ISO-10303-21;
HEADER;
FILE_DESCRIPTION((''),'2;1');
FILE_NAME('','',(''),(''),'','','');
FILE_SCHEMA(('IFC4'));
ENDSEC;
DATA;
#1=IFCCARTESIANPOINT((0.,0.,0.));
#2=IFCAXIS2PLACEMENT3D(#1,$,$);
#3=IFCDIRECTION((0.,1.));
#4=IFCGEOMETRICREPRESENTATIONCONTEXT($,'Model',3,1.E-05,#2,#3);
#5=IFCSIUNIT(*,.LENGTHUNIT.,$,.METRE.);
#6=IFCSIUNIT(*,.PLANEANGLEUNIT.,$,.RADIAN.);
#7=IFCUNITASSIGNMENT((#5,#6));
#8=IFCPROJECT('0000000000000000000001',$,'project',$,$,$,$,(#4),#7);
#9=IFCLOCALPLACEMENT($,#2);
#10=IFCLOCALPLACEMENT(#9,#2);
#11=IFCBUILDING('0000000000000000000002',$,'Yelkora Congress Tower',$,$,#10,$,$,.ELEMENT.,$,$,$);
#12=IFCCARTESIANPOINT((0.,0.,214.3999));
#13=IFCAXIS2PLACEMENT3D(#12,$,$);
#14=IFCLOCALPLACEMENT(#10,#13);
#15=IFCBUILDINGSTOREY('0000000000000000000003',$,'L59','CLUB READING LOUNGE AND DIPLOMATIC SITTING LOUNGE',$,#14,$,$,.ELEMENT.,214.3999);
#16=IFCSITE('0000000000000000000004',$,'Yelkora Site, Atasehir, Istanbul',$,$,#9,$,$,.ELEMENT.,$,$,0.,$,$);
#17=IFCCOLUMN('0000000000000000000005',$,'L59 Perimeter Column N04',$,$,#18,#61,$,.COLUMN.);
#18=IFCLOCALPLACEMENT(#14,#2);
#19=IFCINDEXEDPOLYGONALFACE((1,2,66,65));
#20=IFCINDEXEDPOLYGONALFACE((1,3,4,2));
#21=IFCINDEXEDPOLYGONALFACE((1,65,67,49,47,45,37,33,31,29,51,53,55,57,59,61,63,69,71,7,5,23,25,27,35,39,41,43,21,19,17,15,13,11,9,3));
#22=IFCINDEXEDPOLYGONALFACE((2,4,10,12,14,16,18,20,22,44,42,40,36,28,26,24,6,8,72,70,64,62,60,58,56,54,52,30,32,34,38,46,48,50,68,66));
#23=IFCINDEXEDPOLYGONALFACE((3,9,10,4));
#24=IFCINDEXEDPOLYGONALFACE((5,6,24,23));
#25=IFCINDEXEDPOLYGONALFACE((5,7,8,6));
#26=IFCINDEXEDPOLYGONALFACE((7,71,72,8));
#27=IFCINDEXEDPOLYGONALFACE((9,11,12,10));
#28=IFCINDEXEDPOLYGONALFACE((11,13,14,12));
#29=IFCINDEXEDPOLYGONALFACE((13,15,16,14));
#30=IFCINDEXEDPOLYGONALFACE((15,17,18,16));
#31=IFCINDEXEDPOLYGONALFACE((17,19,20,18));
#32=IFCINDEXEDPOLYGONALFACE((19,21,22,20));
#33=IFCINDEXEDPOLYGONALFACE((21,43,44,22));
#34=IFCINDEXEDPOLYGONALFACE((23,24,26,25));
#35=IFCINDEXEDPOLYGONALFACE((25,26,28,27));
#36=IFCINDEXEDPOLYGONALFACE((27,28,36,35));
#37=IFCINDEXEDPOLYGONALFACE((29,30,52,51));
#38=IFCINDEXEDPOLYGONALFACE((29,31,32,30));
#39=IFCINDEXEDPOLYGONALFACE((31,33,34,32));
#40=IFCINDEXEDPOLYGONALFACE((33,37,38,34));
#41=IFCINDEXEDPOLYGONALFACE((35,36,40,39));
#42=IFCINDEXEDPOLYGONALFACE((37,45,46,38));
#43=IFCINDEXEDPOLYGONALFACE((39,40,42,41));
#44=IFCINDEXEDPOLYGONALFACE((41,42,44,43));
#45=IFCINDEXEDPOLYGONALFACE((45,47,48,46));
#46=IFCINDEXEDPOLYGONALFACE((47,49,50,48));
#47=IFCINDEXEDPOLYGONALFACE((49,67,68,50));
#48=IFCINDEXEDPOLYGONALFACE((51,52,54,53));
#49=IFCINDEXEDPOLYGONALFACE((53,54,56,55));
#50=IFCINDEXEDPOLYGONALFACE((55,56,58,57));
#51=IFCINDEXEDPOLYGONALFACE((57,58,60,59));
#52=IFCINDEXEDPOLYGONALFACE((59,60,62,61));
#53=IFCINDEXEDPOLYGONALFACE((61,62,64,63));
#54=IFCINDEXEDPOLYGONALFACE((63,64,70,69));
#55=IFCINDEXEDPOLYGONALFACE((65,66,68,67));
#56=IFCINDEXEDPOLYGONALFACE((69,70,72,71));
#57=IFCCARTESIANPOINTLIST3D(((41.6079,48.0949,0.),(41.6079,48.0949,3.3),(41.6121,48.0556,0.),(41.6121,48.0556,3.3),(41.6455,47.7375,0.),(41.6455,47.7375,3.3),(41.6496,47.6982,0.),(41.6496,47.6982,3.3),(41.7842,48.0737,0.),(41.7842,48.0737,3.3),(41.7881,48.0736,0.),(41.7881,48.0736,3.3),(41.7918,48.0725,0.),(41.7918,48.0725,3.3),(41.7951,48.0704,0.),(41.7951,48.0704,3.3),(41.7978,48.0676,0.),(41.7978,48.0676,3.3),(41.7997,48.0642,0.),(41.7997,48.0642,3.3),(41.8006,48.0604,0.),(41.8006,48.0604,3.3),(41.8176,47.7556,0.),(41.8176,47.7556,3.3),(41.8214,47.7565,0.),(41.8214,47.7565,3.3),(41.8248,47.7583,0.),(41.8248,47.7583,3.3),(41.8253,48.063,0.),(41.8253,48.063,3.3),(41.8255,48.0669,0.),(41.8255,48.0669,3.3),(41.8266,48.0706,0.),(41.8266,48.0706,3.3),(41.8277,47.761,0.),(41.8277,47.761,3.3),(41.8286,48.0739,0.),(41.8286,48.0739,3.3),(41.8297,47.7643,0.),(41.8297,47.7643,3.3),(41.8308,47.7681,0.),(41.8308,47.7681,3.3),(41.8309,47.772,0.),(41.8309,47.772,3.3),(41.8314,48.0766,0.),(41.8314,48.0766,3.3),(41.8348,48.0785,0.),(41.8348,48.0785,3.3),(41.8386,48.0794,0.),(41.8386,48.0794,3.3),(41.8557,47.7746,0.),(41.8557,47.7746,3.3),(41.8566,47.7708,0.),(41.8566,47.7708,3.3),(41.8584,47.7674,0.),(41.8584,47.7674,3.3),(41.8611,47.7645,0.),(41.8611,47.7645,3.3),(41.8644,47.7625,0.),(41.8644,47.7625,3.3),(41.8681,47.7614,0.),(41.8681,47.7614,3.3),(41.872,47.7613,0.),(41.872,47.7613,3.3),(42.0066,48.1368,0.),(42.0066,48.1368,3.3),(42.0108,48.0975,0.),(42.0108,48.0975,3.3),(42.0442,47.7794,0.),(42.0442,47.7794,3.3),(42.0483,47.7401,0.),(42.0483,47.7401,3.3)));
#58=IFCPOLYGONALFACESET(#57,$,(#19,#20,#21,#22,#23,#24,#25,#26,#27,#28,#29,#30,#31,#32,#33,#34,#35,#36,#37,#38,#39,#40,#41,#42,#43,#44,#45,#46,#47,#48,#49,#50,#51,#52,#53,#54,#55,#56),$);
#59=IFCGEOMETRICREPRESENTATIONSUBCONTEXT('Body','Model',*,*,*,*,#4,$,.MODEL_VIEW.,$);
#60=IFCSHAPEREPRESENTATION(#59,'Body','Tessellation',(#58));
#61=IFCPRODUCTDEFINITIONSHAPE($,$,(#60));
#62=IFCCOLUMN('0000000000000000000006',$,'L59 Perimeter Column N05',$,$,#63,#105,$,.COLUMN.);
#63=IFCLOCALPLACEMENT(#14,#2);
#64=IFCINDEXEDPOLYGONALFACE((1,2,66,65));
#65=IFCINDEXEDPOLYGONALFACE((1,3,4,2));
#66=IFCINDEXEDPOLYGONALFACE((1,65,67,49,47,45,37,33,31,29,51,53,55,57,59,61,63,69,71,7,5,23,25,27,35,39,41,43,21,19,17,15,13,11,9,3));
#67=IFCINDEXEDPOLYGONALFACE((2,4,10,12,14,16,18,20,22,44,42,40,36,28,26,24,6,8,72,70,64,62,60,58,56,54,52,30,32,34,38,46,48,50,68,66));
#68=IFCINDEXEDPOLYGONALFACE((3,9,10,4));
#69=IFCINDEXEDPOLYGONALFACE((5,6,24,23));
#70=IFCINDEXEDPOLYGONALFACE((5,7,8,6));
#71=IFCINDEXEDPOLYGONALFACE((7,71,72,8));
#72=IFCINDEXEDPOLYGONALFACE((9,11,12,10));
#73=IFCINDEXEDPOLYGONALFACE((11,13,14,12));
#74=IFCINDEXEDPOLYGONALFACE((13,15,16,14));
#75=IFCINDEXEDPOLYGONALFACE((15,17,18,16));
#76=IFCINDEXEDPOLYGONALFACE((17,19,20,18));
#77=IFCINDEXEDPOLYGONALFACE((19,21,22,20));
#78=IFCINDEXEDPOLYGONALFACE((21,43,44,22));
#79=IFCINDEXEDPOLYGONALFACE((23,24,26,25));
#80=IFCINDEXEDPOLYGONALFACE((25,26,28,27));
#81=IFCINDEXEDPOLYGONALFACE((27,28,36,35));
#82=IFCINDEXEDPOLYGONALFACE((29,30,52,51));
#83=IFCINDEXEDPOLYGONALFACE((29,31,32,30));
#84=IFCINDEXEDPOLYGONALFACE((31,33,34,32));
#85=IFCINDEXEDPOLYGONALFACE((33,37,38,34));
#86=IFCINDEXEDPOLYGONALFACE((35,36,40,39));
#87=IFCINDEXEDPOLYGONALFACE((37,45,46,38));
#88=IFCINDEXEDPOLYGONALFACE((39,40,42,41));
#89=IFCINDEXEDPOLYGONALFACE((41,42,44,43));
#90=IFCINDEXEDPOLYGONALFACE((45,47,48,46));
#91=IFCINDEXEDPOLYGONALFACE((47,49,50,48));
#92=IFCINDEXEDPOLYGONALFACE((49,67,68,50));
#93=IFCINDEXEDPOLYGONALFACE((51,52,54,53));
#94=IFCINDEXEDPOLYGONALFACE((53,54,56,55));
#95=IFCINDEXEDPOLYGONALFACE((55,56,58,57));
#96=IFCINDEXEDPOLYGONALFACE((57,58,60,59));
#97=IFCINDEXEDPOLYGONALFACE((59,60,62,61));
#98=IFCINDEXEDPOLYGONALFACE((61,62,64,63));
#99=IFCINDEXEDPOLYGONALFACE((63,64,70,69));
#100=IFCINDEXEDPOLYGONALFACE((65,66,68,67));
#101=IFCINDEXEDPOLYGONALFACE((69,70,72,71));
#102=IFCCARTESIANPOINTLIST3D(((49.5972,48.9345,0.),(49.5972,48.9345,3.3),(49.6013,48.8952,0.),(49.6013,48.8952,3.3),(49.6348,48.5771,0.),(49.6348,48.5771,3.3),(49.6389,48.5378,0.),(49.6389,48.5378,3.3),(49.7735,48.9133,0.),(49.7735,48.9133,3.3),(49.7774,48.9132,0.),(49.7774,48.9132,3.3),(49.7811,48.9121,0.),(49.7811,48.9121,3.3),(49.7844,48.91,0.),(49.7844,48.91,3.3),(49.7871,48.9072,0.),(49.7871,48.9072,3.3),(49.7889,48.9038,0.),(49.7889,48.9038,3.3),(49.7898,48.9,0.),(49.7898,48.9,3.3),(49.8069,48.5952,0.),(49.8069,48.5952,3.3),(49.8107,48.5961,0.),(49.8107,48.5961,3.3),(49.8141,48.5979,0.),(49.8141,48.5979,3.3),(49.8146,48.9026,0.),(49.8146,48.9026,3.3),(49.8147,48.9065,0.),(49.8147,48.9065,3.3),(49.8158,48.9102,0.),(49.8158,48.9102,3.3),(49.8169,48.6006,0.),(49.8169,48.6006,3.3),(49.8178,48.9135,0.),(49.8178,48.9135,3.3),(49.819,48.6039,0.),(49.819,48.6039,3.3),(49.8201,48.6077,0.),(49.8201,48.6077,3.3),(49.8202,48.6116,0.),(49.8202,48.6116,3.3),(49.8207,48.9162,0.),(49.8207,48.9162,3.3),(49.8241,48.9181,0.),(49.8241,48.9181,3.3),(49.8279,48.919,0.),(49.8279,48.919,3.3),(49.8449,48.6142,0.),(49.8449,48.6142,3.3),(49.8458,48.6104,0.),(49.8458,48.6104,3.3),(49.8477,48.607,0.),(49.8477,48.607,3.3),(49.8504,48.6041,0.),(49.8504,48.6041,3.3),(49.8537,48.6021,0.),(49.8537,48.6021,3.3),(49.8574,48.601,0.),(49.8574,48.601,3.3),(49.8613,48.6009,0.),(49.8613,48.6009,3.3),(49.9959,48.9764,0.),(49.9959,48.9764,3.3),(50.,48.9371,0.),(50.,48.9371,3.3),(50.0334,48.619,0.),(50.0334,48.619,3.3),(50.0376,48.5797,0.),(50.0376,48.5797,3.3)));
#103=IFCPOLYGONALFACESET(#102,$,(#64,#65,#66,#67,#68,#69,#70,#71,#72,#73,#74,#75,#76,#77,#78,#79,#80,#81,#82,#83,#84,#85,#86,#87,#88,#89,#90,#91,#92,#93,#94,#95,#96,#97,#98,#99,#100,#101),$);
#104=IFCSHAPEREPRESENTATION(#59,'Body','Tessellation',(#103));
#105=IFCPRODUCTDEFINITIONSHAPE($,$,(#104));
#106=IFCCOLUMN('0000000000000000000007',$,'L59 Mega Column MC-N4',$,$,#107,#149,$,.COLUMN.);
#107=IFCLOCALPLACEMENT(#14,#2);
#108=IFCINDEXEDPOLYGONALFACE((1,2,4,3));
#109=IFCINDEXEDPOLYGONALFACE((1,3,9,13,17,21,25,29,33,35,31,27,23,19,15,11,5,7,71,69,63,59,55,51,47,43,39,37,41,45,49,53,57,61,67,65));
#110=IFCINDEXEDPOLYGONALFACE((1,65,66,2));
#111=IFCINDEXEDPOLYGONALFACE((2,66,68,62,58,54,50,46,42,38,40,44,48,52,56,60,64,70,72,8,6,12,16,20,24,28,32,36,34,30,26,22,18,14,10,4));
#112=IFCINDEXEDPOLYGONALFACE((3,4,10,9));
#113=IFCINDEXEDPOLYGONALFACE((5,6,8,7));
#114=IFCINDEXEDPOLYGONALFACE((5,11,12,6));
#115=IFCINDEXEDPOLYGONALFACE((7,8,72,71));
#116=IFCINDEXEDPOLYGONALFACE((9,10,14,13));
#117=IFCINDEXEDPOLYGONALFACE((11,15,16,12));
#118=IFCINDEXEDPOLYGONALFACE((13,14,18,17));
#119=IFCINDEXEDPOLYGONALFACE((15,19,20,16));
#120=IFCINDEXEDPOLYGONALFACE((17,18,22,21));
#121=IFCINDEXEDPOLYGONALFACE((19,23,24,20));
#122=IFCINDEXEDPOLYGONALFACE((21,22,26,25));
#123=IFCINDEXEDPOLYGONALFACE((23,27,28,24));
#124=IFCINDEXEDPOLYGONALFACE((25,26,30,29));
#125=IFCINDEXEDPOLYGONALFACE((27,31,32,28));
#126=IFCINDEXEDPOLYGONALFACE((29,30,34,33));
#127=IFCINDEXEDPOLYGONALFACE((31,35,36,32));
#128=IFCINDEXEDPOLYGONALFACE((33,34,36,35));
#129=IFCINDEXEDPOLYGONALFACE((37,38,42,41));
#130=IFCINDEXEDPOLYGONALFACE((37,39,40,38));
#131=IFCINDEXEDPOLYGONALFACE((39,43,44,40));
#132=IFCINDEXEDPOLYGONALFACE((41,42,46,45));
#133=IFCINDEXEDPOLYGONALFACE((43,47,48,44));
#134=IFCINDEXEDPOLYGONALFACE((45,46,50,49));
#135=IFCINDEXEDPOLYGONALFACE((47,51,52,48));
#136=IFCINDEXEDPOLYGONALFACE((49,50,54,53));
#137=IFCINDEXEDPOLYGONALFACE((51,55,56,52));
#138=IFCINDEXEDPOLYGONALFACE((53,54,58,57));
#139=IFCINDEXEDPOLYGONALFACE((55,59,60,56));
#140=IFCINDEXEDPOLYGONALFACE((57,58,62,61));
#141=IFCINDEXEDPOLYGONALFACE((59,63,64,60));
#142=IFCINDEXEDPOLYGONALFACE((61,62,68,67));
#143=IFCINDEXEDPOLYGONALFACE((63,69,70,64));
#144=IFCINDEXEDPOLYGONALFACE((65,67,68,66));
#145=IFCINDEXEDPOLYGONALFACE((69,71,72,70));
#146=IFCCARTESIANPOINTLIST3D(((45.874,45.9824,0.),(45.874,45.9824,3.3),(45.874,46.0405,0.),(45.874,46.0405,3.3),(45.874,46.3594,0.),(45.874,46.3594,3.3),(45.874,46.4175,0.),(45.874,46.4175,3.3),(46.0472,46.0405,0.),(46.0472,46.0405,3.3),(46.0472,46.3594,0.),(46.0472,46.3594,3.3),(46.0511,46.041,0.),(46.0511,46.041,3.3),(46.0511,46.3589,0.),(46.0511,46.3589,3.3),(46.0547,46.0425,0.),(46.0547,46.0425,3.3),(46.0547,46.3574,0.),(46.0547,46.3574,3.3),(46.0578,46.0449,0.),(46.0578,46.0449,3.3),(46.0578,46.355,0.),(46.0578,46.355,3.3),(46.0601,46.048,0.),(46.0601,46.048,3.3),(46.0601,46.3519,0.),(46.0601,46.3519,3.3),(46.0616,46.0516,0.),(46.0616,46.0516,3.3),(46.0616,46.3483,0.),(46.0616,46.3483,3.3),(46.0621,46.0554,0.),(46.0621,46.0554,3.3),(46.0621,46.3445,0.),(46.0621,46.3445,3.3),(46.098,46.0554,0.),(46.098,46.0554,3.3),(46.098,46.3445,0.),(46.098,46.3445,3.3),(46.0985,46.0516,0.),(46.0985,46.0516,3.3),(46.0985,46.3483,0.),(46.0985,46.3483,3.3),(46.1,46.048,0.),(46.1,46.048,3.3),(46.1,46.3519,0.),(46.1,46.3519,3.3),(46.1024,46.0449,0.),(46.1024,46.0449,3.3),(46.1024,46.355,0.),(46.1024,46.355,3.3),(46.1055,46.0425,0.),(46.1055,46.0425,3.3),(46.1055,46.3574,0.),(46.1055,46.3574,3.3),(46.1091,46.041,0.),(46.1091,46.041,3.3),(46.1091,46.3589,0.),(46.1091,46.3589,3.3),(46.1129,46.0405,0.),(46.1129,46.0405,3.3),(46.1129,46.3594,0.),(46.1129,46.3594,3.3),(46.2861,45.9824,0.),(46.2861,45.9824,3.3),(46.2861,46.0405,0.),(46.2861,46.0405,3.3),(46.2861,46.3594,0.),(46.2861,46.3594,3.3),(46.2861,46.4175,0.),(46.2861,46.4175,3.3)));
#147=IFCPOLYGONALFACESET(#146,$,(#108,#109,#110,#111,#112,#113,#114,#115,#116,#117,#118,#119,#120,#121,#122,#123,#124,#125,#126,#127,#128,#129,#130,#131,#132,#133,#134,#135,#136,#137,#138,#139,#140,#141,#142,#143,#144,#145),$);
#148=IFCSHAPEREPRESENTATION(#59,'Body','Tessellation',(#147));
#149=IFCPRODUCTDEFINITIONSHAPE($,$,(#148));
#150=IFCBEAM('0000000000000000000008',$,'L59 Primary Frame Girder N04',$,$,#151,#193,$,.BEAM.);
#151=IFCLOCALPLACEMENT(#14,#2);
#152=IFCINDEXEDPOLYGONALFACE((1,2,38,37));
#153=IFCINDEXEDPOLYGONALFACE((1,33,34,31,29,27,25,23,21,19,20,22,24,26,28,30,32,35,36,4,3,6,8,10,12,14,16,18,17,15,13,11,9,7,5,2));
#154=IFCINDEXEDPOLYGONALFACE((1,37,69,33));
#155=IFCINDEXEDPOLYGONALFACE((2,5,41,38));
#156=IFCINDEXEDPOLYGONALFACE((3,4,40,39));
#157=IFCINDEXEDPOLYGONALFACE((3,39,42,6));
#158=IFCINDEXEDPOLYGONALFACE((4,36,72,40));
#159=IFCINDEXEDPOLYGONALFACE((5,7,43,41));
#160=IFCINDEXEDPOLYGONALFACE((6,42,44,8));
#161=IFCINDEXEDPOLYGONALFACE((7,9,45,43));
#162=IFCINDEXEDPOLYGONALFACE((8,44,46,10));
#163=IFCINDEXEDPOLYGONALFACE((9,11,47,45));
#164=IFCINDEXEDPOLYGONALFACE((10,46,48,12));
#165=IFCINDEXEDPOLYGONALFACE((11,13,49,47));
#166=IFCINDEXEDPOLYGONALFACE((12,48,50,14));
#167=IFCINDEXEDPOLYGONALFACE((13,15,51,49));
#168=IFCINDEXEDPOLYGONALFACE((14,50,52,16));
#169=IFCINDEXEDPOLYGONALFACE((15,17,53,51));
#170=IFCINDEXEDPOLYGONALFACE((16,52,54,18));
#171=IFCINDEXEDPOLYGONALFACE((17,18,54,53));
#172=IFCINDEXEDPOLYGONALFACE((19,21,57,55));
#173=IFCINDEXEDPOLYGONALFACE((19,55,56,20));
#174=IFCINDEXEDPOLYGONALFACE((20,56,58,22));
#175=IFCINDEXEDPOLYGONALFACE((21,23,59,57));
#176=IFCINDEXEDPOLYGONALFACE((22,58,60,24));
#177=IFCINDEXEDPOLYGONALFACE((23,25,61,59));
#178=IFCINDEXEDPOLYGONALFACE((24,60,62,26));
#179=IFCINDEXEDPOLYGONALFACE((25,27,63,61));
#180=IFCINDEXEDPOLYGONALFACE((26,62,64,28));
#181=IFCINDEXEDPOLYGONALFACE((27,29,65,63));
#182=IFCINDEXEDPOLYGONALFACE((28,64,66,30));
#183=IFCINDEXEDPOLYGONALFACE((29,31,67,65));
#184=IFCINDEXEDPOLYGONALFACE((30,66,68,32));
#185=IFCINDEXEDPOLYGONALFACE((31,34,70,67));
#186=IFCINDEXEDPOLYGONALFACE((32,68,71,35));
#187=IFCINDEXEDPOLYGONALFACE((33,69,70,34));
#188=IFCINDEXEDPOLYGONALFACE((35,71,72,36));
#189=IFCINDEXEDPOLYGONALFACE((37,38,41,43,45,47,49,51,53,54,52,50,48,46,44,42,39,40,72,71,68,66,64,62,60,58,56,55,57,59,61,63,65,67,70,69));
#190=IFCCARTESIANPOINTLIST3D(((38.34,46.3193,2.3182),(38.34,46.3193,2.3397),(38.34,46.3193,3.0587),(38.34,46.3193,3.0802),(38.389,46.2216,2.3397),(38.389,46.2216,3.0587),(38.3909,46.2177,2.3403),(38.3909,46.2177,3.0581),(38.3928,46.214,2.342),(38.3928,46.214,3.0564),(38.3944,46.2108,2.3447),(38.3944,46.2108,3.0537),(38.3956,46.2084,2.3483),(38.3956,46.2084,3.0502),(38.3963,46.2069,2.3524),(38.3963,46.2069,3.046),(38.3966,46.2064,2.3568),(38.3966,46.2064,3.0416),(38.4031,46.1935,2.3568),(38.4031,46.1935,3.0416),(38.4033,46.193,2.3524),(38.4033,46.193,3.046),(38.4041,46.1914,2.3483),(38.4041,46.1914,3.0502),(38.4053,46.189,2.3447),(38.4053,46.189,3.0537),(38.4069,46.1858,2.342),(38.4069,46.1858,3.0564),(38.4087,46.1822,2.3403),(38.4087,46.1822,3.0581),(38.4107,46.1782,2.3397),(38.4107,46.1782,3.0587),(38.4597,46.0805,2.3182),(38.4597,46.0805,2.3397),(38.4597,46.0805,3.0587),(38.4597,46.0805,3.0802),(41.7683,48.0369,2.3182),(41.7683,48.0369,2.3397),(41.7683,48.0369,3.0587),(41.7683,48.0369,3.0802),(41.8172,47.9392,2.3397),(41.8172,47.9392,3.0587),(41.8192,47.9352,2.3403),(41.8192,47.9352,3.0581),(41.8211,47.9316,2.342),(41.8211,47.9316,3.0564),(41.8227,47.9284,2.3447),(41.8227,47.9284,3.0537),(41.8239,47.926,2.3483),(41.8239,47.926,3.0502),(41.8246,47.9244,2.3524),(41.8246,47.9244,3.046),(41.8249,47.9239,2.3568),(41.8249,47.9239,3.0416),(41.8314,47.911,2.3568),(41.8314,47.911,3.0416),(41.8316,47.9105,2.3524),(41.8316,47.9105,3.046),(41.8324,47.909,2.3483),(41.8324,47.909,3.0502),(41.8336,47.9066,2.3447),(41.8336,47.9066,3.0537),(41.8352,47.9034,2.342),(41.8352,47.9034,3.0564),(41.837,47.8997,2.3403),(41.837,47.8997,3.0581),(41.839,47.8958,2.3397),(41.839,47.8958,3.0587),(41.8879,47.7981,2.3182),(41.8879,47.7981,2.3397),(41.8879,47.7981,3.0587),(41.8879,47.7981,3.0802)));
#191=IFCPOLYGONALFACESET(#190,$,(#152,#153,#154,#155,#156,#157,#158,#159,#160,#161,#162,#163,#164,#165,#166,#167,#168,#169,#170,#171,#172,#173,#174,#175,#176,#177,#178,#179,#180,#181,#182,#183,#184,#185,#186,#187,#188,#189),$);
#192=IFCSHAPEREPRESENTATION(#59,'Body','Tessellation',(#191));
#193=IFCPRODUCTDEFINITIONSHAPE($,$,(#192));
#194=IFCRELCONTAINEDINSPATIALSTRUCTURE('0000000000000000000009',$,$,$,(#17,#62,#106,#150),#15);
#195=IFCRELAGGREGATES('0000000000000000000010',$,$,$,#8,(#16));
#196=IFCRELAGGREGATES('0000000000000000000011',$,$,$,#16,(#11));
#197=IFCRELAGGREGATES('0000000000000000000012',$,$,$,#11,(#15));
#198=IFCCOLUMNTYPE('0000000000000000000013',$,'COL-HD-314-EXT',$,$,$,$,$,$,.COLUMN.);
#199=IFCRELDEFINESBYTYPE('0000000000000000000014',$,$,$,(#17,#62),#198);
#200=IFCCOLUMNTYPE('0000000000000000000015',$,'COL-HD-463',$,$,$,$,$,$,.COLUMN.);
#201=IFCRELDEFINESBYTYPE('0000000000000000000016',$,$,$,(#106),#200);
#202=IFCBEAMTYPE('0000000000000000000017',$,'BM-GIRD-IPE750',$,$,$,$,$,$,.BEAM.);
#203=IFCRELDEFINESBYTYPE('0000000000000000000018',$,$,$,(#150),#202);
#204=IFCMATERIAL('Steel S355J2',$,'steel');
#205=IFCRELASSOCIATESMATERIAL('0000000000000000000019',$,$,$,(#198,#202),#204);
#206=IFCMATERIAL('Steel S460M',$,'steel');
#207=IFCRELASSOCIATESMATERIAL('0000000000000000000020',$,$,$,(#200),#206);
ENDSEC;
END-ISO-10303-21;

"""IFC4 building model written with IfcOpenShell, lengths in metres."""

from ifc_helpers import new_model, si_unit, direction, frame, origin, origin_2d, place, context, subcontext, project, spatial, i_section, extrude, material, material_profile, profile_set, type_object, element, save


model = new_model("IFC4")

# Units and contexts
model_context = context("Model", 3, precision=1e-05, world=origin(), true_north=direction((0.0, 1.0)))
body_context = subcontext(model_context, "Body", "Model", "MODEL_VIEW")
ifc_project = project(units=[si_unit("LENGTHUNIT", "METRE"), si_unit("PLANEANGLEUNIT", "RADIAN")], contexts=[model_context])

# Site, building, storey
site_placement = place(None, origin())
site = spatial("IfcSite", under=ifc_project, at=site_placement, Name="Yelkora Site, Atasehir, Istanbul", CompositionType="ELEMENT", RefElevation=0.0)
building_placement = place(site_placement, origin())
building = spatial("IfcBuilding", under=site, at=building_placement, Name="Yelkora Congress Tower", CompositionType="ELEMENT")
storey_placement = place(building_placement, frame((0.0, 0.0, 214.3999)))
storey = spatial("IfcBuildingStorey", under=building, at=storey_placement, Name="L59", Description="CLUB READING LOUNGE AND DIPLOMATIC SITTING LOUNGE", CompositionType="ELEMENT", Elevation=214.3999)

# Columns
ifc_material_1 = material(Name="Steel S355J2", Category="steel")
ifc_material_profile_1 = material_profile(ifc_material_1, i_section(OverallWidth=0.4009, OverallDepth=0.3989, WebThickness=0.0249, FlangeThickness=0.0396, FilletRadius=0.0149, at=origin_2d()), Name="HD 400x314")
ifc_profile_set_1 = profile_set([ifc_material_profile_1], Name="Steel S355J2")
column_type_1 = type_object("IfcColumnType", Name="COL-HD-314-EXT", PredefinedType="COLUMN", material=ifc_profile_set_1)
for number, where, z_axis, x_axis, name in (
    (1, (41.8281, 47.9175, 0.0), (0.0, 0.0, 1.0), (0.994522, 0.104528, 0.0), "L59 Perimeter Column N04"),
    (2, (49.8174, 48.7571, 0.0), (0.0, 0.0, 1.0), (0.994522, 0.104528, 0.0), "L59 Perimeter Column N05"),
):
    element("IfcColumn", number, at=place(storey_placement, frame(where, z_axis=z_axis, x_axis=x_axis)), inside=storey, type_object=column_type_1, Name=name, PredefinedType="COLUMN", context=body_context, shape_type="SweptSolid", body=[
        extrude(i_section(OverallWidth=0.4009, OverallDepth=0.3989, WebThickness=0.0249, FlangeThickness=0.0396, FilletRadius=0.0149, at=origin_2d()), origin(), (0.0, 0.0, 1.0), 3.3),
    ])
ifc_material_2 = material(Name="Steel S460M", Category="steel")
ifc_material_profile_2 = material_profile(ifc_material_2, i_section(OverallWidth=0.4121, OverallDepth=0.4351, WebThickness=0.0359, FlangeThickness=0.0581, FilletRadius=0.0149, at=origin_2d()), Name="HD 400x463")
ifc_profile_set_2 = profile_set([ifc_material_profile_2], Name="Steel S460M")
column_type_2 = type_object("IfcColumnType", Name="COL-HD-463", PredefinedType="COLUMN", material=ifc_profile_set_2)
column_placement = place(storey_placement, frame((46.0801, 46.2, 0.0), z_axis=(0.0, 0.0, 1.0), x_axis=(1.0, 0.0, 0.0)))
element("IfcColumn", 3, at=column_placement, inside=storey, type_object=column_type_2, Name="L59 Mega Column MC-N4", PredefinedType="COLUMN", context=body_context, shape_type="SweptSolid", body=[
    extrude(i_section(OverallWidth=0.4121, OverallDepth=0.4351, WebThickness=0.0359, FlangeThickness=0.0581, FilletRadius=0.0149, at=origin_2d()), origin(), (0.0, 0.0, 1.0), 3.3),
])

# Beam
ifc_material_profile_3 = material_profile(ifc_material_1, i_section(OverallWidth=0.2671, OverallDepth=0.762, WebThickness=0.0144, FlangeThickness=0.0215, FilletRadius=0.0171, at=origin_2d()), Name="IPE 750x173")
ifc_profile_set_3 = profile_set([ifc_material_profile_3], Name="Steel S355J2")
beam_type_1 = type_object("IfcBeamType", Name="BM-GIRD-IPE750", PredefinedType="BEAM", material=ifc_profile_set_3)
beam_1_placement = place(storey_placement, frame((41.8281, 47.9175, 2.6992), z_axis=(-0.89407, -0.447927, 0.0), x_axis=(0.447927, -0.89407, 0.0)))
element("IfcBeam", 4, at=beam_1_placement, inside=storey, type_object=beam_type_1, Name="L59 Primary Frame Girder N04", PredefinedType="BEAM", context=body_context, shape_type="SweptSolid", body=[
    extrude(i_section(OverallWidth=0.2671, OverallDepth=0.762, WebThickness=0.0144, FlangeThickness=0.0215, FilletRadius=0.0171, at=origin_2d()), origin(), (0.0, 0.0, 1.0), 3.8345),
])

save(model, "model.ifc")
